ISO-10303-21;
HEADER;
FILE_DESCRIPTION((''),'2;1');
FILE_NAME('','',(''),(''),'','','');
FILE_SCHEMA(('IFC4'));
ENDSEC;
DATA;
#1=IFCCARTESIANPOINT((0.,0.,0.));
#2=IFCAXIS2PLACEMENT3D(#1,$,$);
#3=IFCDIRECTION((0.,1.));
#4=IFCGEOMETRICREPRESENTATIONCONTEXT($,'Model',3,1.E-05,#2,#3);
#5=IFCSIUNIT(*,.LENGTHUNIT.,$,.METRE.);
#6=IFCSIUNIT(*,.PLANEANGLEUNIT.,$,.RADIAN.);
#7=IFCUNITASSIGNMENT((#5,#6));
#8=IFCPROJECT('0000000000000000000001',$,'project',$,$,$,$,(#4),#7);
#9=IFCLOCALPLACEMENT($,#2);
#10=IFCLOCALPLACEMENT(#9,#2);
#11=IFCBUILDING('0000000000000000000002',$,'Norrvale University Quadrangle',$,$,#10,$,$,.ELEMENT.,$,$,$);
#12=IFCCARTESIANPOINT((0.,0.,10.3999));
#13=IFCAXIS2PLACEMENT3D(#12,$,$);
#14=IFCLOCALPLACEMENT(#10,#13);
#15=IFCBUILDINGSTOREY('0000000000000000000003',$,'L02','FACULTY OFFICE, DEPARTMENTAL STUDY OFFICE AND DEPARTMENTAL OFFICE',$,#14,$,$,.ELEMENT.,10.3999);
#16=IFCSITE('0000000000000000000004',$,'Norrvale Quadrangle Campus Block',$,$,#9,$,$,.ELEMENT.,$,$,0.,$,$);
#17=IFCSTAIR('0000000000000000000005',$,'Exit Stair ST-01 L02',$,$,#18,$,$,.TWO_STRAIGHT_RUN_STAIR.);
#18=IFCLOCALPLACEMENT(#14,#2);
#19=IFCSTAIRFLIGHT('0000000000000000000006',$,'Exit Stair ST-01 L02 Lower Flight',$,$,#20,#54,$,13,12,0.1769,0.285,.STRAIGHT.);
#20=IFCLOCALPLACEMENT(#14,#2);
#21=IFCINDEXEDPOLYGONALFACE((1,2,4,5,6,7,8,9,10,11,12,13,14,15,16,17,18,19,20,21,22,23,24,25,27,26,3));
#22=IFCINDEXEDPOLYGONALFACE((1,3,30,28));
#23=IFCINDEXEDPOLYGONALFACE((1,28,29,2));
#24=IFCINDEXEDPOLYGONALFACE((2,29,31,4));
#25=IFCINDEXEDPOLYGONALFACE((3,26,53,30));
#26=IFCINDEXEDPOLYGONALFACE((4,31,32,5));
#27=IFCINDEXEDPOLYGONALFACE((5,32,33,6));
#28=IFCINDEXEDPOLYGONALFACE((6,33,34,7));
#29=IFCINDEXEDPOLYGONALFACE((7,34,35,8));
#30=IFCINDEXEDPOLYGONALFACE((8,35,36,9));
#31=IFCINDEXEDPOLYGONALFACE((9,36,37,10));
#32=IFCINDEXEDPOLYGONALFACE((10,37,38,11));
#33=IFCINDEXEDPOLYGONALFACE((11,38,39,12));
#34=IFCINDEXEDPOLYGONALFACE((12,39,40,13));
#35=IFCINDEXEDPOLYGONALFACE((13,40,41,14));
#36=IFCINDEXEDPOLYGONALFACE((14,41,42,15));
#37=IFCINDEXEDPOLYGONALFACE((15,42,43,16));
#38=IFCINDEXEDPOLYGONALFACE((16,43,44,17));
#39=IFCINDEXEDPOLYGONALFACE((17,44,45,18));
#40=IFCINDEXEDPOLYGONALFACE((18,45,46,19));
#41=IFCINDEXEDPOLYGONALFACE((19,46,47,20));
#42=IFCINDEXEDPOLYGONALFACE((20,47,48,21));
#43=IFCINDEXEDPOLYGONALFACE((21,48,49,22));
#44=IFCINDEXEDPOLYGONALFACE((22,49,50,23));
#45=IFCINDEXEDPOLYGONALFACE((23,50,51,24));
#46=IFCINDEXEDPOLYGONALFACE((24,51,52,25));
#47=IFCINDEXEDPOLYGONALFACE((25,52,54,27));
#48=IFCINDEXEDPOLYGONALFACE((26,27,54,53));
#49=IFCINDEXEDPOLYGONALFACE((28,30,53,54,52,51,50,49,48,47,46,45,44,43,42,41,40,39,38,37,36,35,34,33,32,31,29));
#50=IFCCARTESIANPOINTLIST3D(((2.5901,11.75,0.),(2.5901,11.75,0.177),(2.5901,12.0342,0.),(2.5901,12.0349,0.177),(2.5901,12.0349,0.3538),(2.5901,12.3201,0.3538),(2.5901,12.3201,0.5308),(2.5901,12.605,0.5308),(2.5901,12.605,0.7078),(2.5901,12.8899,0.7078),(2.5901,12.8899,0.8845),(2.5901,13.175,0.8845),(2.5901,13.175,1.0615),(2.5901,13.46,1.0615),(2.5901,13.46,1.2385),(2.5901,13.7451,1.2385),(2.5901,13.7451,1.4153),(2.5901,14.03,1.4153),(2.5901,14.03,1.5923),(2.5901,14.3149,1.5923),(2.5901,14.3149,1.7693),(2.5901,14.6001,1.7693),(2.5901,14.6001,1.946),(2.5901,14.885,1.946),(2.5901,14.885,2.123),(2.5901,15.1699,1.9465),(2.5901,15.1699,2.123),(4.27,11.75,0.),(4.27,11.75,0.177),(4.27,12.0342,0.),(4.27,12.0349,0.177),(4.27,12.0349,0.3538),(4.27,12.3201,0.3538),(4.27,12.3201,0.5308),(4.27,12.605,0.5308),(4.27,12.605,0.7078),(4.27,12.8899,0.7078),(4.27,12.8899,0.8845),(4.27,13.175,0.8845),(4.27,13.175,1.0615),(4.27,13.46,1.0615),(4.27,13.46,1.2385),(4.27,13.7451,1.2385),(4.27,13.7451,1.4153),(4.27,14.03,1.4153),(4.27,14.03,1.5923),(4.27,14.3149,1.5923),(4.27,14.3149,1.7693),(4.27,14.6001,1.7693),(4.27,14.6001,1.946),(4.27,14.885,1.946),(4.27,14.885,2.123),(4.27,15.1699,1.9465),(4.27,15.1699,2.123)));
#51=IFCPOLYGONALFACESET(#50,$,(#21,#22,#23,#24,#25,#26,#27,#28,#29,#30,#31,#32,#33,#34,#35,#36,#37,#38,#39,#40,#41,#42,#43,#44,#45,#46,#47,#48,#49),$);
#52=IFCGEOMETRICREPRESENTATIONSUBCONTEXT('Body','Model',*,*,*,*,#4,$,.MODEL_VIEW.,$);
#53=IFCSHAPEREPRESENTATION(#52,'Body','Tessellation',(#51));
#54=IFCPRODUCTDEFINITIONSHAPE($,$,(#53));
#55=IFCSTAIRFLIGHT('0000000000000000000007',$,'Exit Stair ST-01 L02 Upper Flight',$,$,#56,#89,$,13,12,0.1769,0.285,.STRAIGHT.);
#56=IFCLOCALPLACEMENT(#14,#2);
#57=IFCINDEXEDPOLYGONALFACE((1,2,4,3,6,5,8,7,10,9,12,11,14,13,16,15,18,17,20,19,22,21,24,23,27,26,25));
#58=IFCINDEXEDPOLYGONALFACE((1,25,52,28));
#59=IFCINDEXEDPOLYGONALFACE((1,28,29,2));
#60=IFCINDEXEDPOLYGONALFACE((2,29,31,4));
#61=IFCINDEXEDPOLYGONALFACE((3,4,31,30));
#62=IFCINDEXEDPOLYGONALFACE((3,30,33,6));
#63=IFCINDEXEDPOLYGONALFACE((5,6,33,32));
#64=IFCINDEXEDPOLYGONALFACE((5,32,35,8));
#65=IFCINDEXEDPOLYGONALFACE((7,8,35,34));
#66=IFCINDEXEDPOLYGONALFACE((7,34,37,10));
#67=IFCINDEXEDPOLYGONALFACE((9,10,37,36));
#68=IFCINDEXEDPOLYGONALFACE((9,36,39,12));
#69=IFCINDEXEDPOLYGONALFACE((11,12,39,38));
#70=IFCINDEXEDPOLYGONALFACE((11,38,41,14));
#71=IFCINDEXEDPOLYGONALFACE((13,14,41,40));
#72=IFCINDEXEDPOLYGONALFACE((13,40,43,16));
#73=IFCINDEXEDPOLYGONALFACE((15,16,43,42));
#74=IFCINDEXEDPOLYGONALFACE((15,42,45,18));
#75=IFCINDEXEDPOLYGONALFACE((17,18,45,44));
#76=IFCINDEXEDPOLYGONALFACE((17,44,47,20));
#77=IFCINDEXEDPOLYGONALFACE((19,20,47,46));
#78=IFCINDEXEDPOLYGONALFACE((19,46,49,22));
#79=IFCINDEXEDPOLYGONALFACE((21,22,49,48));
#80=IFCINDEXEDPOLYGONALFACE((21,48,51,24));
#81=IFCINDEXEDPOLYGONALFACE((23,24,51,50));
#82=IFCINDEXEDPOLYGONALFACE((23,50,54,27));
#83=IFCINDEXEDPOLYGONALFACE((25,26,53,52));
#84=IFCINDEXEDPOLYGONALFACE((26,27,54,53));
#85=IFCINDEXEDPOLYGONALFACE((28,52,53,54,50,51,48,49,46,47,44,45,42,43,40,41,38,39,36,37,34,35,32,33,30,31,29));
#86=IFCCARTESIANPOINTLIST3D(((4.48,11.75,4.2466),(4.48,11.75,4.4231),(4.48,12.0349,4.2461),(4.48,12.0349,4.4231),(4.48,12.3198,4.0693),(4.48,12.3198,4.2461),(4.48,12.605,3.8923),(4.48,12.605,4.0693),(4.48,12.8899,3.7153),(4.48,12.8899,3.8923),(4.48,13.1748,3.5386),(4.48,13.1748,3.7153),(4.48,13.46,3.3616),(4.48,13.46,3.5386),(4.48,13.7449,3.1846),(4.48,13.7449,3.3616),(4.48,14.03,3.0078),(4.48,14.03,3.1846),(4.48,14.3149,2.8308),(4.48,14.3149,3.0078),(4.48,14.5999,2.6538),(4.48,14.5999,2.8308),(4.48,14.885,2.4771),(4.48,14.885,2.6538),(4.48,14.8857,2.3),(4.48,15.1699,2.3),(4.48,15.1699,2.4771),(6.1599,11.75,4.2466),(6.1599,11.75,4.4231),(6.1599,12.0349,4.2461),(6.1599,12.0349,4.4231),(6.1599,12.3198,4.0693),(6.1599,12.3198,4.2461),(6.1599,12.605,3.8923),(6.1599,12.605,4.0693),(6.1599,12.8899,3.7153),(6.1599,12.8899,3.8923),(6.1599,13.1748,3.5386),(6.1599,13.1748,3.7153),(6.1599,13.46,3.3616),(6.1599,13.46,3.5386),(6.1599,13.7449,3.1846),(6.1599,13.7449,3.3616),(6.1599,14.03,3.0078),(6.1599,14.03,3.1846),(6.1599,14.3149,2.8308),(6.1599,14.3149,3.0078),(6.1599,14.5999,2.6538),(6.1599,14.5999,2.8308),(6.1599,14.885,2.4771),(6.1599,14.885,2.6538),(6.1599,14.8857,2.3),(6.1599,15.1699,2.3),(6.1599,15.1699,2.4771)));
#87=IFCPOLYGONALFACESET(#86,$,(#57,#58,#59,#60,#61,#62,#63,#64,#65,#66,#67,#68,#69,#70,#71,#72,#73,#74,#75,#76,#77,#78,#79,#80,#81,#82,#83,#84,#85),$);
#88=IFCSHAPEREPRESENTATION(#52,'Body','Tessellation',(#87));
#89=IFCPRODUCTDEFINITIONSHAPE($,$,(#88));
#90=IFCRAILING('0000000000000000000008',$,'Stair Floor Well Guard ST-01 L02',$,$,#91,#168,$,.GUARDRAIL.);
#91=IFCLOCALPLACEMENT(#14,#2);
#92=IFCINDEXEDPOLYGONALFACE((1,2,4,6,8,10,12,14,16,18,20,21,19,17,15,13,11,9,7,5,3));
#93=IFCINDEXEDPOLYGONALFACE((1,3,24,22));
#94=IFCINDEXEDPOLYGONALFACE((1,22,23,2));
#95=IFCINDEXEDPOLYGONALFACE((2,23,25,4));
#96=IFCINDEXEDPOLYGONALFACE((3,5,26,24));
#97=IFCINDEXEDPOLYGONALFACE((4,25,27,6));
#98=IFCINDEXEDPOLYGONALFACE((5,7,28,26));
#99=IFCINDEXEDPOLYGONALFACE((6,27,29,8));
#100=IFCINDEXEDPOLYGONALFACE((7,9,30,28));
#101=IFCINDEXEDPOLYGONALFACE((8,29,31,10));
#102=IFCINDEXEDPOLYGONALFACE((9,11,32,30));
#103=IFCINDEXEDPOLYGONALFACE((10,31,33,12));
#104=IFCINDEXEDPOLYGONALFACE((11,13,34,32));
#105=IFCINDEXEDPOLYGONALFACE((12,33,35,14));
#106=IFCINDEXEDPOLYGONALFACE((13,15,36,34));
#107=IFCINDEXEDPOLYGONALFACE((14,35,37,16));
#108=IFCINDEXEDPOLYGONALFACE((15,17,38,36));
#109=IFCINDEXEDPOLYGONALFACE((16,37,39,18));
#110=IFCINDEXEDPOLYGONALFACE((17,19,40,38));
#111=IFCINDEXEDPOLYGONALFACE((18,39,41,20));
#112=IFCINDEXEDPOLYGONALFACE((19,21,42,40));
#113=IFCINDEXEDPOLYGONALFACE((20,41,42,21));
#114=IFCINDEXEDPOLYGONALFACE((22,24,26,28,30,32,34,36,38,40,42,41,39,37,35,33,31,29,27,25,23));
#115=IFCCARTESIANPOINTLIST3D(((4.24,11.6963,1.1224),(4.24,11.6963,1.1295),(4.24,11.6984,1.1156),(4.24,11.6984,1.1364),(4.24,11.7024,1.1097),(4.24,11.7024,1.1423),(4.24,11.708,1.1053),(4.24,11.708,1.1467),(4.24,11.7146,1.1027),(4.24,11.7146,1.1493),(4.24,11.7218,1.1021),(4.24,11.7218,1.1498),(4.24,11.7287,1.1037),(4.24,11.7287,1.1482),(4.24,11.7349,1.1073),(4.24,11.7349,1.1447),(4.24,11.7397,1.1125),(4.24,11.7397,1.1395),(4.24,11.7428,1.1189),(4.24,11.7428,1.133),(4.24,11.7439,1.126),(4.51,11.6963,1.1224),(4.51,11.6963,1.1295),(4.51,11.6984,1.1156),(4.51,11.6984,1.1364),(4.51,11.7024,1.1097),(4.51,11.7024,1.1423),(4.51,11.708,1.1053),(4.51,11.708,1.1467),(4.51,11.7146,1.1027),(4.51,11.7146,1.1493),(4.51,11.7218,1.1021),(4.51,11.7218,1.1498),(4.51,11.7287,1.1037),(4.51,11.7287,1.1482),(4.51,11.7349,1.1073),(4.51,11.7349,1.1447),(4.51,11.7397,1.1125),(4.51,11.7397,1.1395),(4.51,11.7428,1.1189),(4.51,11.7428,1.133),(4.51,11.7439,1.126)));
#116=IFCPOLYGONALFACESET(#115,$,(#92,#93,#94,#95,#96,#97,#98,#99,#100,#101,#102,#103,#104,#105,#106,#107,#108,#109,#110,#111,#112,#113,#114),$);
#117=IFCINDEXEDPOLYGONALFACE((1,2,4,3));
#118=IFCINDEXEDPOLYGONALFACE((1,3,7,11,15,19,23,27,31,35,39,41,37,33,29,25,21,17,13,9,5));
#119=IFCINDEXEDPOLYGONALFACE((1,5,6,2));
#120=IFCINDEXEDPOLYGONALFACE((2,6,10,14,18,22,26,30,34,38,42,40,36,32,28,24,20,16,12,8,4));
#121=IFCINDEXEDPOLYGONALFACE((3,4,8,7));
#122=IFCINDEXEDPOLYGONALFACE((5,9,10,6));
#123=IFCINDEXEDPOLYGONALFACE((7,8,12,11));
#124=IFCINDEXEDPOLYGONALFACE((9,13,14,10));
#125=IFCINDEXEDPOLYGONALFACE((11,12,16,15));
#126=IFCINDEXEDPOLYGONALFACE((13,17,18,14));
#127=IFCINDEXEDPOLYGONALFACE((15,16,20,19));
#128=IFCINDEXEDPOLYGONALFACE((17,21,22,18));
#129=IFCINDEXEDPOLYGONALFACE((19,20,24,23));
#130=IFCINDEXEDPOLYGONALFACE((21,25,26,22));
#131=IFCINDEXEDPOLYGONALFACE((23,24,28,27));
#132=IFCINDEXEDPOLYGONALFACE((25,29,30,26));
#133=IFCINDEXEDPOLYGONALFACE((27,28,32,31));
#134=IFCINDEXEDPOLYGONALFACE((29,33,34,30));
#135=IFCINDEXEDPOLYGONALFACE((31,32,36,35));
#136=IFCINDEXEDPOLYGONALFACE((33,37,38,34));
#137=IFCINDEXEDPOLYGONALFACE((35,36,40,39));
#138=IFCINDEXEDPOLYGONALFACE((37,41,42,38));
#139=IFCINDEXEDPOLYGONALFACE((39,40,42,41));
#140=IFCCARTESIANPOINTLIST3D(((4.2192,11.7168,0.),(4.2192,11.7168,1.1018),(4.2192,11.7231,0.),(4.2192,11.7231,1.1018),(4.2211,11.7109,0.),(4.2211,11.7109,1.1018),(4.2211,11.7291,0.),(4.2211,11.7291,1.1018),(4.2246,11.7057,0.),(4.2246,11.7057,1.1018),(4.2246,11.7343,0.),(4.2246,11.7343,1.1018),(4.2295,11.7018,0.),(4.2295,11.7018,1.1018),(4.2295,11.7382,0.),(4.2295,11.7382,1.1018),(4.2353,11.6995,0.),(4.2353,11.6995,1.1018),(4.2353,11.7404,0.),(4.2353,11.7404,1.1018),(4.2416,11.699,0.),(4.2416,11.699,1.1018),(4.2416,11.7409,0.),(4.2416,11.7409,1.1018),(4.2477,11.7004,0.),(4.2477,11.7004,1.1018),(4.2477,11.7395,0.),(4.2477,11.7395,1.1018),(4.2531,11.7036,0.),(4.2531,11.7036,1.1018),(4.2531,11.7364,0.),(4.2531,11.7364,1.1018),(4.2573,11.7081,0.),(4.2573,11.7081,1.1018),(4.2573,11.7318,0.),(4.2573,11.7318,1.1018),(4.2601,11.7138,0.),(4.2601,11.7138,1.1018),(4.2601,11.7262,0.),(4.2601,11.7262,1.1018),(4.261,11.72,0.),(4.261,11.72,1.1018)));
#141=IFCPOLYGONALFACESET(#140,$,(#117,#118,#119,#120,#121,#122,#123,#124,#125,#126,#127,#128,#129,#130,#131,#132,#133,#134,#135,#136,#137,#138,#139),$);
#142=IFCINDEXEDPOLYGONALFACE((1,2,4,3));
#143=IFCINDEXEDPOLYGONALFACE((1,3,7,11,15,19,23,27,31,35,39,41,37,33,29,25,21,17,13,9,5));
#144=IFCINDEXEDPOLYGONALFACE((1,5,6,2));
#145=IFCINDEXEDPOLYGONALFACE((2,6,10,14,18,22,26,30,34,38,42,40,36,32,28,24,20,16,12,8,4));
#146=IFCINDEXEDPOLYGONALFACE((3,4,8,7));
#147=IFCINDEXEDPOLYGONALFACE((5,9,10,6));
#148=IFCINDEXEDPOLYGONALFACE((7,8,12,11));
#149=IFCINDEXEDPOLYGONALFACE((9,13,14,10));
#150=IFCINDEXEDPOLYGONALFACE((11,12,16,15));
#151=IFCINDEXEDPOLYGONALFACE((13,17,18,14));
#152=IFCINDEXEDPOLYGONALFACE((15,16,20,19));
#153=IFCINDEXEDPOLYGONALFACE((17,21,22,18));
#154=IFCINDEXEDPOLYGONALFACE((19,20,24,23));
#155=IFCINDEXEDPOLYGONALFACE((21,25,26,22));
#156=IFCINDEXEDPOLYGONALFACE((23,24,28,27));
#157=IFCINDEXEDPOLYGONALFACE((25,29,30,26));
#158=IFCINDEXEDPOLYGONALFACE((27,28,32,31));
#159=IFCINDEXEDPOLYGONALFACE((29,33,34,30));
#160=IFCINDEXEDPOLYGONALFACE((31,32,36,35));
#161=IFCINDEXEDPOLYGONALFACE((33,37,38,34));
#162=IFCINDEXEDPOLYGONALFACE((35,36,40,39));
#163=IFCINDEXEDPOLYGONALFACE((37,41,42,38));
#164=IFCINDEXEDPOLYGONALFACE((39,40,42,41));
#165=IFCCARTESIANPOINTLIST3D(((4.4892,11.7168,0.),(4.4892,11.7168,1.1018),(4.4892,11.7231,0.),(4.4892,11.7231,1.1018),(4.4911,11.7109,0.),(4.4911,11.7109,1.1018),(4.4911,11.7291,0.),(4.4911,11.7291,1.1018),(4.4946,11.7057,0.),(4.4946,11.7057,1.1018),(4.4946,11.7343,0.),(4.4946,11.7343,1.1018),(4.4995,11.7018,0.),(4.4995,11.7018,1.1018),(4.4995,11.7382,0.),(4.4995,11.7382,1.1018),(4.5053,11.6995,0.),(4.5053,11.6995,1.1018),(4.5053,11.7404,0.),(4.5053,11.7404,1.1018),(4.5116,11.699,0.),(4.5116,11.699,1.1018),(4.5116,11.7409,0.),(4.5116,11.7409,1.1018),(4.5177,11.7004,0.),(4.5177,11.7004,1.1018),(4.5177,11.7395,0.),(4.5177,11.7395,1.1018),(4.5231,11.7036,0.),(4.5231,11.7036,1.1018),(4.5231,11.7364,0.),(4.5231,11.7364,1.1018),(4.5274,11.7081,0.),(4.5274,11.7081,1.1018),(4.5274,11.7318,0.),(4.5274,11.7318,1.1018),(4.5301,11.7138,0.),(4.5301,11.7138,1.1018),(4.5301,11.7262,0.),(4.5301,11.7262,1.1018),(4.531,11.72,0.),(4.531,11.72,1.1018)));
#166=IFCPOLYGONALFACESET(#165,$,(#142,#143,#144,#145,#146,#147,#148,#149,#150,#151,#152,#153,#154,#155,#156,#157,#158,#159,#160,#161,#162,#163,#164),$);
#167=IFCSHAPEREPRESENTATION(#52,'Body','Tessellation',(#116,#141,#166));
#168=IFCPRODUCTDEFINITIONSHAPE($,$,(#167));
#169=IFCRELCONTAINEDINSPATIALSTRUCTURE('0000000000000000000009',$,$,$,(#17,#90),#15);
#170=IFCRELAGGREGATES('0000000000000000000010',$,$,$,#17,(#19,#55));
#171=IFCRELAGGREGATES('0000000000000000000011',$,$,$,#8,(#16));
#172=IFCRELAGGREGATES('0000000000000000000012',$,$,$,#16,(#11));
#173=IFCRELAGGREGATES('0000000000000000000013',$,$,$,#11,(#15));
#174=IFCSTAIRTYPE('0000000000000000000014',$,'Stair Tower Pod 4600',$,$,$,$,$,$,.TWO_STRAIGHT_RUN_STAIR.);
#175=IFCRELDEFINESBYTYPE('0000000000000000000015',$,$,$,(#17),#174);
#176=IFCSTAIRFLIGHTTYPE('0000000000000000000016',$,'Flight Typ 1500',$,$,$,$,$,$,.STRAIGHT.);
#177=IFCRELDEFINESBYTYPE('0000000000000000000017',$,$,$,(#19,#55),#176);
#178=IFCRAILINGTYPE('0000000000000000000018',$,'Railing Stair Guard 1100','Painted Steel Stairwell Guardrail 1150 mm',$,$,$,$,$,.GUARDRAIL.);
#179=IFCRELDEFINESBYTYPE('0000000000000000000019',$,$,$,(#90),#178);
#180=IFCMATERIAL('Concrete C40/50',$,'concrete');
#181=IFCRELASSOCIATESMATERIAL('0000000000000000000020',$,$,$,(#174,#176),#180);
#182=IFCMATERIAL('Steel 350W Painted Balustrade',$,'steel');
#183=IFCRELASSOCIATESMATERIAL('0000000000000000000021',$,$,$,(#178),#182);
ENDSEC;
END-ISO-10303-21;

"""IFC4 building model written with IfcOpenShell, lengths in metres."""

from ifc_helpers import new_model, si_unit, direction, frame, origin, origin_2d, place, context, subcontext, project, spatial, polyline, circle, outline, extrude, material, type_object, element, aggregate, save


model = new_model("IFC4")

# Units and contexts
model_context = context("Model", 3, precision=1e-05, world=origin(), true_north=direction((0.0, 1.0)))
body_context = subcontext(model_context, "Body", "Model", "MODEL_VIEW")
ifc_project = project(units=[si_unit("LENGTHUNIT", "METRE"), si_unit("PLANEANGLEUNIT", "RADIAN")], contexts=[model_context])

# Site, building, storey
site_placement = place(None, origin())
site = spatial("IfcSite", under=ifc_project, at=site_placement, Name="Norrvale Quadrangle Campus Block", CompositionType="ELEMENT", RefElevation=0.0)
building_placement = place(site_placement, origin())
building = spatial("IfcBuilding", under=site, at=building_placement, Name="Norrvale University Quadrangle", CompositionType="ELEMENT")
storey_placement = place(building_placement, frame((0.0, 0.0, 10.3999)))
storey = spatial("IfcBuildingStorey", under=building, at=storey_placement, Name="L02", Description="FACULTY OFFICE, DEPARTMENTAL STUDY OFFICE AND DEPARTMENTAL OFFICE", CompositionType="ELEMENT", Elevation=10.3999)

# Stair, stair flights
ifc_material_1 = material(Name="Concrete C40/50", Category="concrete")
stair_type = type_object("IfcStairType", Name="Stair Tower Pod 4600", PredefinedType="TWO_STRAIGHT_RUN_STAIR", material=ifc_material_1)
stair_placement = place(storey_placement, origin())
stair = element("IfcStair", 1, at=stair_placement, inside=storey, type_object=stair_type, Name="Exit Stair ST-01 L02", PredefinedType="TWO_STRAIGHT_RUN_STAIR")
stair_flight_type = type_object("IfcStairFlightType", Name="Flight Typ 1500", PredefinedType="STRAIGHT", material=ifc_material_1)
stair_flight_1_placement = place(storey_placement, frame((3.4299, 11.75, 0.0), z_axis=(0.0, 0.0, 1.0), x_axis=(0.0, 1.0, 0.0)))
stair_flight_1 = element("IfcStairFlight", 2, at=stair_flight_1_placement, type_object=stair_flight_type, Name="Exit Stair ST-01 L02 Lower Flight", NumberOfRisers=13, NumberOfTreads=12, PredefinedType="STRAIGHT", RiserHeight=0.1769, TreadLength=0.285, context=body_context, shape_type="SweptSolid", body=[
    extrude(outline(polyline([(0.0, 0.0), (0.0, 0.177), (0.2849, 0.177), (0.2849, 0.3538), (0.5701, 0.3538), (0.5701, 0.5308), (0.855, 0.5308), (0.855, 0.7078), (1.1399, 0.7078), (1.1399, 0.8845), (1.425, 0.8845), (1.425, 1.0615), (1.71, 1.0615), (1.71, 1.2385), (1.9951, 1.2385), (1.9951, 1.4153), (2.28, 1.4153), (2.28, 1.5923), (2.5649, 1.5923), (2.5649, 1.7693), (2.8501, 1.7693), (2.8501, 1.946), (3.135, 1.946), (3.135, 2.123), (3.4199, 2.123), (3.4199, 2.3), (3.4199, 1.9465), (0.2842, 0.0), (0.0, 0.0)])), frame((0.0, 0.8398, 0.0), z_axis=(0.0, -1.0, 0.0), x_axis=(1.0, 0.0, 0.0)), (0.0, 0.0, 1.0), 1.6799),
])
stair_flight_2_placement = place(storey_placement, frame((5.3201, 15.1699, 2.3), z_axis=(0.0, 0.0, 1.0), x_axis=(0.0, -1.0, 0.0)))
stair_flight_2 = element("IfcStairFlight", 3, at=stair_flight_2_placement, type_object=stair_flight_type, Name="Exit Stair ST-01 L02 Upper Flight", NumberOfRisers=13, NumberOfTreads=12, PredefinedType="STRAIGHT", RiserHeight=0.1769, TreadLength=0.285, context=body_context, shape_type="SweptSolid", body=[
    extrude(outline(polyline([(0.0, 0.0), (0.0, 0.177), (0.2849, 0.177), (0.2849, 0.3538), (0.5701, 0.3538), (0.5701, 0.5308), (0.855, 0.5308), (0.855, 0.7078), (1.1399, 0.7078), (1.1399, 0.8845), (1.425, 0.8845), (1.425, 1.0615), (1.71, 1.0615), (1.71, 1.2385), (1.9951, 1.2385), (1.9951, 1.4153), (2.28, 1.4153), (2.28, 1.5923), (2.5649, 1.5923), (2.5649, 1.7693), (2.8501, 1.7693), (2.8501, 1.946), (3.135, 1.946), (3.135, 2.123), (3.4199, 2.123), (3.4199, 2.3), (3.4199, 1.9465), (0.2842, 0.0), (0.0, 0.0)])), frame((0.0, 0.8398, 0.0), z_axis=(0.0, -1.0, 0.0), x_axis=(1.0, 0.0, 0.0)), (0.0, 0.0, 1.0), 1.6799),
])
aggregate(stair, [stair_flight_1, stair_flight_2])

# Railing
ifc_material_2 = material(Name="Steel 350W Painted Balustrade", Category="steel")
railing_type_1 = type_object("IfcRailingType", Name="Railing Stair Guard 1100", Description="Painted Steel Stairwell Guardrail 1150 mm", PredefinedType="GUARDRAIL", material=ifc_material_2)
for number, where, name in (
    (4, (4.24, 11.72, 0.0), "Stair Floor Well Guard ST-01 L02"),
):
    element("IfcRailing", number, at=place(storey_placement, frame(where)), inside=storey, type_object=railing_type_1, Name=name, PredefinedType="GUARDRAIL", context=body_context, shape_type="SweptSolid", body=[
        extrude(circle(Radius=0.0239, at=origin_2d()), frame((0.0, 0.0, 1.126), z_axis=(1.0, 0.0, 0.0), x_axis=(0.0, 1.0, 0.0)), (0.0, 0.0, 1.0), 0.27),
        extrude(circle(Radius=0.021, at=origin_2d()), origin(), (0.0, 0.0, 1.0), 1.1018),
        extrude(circle(Radius=0.021, at=origin_2d()), frame((0.27, 0.0, 0.0)), (0.0, 0.0, 1.0), 1.1018),
    ])

save(model, "model.ifc")
